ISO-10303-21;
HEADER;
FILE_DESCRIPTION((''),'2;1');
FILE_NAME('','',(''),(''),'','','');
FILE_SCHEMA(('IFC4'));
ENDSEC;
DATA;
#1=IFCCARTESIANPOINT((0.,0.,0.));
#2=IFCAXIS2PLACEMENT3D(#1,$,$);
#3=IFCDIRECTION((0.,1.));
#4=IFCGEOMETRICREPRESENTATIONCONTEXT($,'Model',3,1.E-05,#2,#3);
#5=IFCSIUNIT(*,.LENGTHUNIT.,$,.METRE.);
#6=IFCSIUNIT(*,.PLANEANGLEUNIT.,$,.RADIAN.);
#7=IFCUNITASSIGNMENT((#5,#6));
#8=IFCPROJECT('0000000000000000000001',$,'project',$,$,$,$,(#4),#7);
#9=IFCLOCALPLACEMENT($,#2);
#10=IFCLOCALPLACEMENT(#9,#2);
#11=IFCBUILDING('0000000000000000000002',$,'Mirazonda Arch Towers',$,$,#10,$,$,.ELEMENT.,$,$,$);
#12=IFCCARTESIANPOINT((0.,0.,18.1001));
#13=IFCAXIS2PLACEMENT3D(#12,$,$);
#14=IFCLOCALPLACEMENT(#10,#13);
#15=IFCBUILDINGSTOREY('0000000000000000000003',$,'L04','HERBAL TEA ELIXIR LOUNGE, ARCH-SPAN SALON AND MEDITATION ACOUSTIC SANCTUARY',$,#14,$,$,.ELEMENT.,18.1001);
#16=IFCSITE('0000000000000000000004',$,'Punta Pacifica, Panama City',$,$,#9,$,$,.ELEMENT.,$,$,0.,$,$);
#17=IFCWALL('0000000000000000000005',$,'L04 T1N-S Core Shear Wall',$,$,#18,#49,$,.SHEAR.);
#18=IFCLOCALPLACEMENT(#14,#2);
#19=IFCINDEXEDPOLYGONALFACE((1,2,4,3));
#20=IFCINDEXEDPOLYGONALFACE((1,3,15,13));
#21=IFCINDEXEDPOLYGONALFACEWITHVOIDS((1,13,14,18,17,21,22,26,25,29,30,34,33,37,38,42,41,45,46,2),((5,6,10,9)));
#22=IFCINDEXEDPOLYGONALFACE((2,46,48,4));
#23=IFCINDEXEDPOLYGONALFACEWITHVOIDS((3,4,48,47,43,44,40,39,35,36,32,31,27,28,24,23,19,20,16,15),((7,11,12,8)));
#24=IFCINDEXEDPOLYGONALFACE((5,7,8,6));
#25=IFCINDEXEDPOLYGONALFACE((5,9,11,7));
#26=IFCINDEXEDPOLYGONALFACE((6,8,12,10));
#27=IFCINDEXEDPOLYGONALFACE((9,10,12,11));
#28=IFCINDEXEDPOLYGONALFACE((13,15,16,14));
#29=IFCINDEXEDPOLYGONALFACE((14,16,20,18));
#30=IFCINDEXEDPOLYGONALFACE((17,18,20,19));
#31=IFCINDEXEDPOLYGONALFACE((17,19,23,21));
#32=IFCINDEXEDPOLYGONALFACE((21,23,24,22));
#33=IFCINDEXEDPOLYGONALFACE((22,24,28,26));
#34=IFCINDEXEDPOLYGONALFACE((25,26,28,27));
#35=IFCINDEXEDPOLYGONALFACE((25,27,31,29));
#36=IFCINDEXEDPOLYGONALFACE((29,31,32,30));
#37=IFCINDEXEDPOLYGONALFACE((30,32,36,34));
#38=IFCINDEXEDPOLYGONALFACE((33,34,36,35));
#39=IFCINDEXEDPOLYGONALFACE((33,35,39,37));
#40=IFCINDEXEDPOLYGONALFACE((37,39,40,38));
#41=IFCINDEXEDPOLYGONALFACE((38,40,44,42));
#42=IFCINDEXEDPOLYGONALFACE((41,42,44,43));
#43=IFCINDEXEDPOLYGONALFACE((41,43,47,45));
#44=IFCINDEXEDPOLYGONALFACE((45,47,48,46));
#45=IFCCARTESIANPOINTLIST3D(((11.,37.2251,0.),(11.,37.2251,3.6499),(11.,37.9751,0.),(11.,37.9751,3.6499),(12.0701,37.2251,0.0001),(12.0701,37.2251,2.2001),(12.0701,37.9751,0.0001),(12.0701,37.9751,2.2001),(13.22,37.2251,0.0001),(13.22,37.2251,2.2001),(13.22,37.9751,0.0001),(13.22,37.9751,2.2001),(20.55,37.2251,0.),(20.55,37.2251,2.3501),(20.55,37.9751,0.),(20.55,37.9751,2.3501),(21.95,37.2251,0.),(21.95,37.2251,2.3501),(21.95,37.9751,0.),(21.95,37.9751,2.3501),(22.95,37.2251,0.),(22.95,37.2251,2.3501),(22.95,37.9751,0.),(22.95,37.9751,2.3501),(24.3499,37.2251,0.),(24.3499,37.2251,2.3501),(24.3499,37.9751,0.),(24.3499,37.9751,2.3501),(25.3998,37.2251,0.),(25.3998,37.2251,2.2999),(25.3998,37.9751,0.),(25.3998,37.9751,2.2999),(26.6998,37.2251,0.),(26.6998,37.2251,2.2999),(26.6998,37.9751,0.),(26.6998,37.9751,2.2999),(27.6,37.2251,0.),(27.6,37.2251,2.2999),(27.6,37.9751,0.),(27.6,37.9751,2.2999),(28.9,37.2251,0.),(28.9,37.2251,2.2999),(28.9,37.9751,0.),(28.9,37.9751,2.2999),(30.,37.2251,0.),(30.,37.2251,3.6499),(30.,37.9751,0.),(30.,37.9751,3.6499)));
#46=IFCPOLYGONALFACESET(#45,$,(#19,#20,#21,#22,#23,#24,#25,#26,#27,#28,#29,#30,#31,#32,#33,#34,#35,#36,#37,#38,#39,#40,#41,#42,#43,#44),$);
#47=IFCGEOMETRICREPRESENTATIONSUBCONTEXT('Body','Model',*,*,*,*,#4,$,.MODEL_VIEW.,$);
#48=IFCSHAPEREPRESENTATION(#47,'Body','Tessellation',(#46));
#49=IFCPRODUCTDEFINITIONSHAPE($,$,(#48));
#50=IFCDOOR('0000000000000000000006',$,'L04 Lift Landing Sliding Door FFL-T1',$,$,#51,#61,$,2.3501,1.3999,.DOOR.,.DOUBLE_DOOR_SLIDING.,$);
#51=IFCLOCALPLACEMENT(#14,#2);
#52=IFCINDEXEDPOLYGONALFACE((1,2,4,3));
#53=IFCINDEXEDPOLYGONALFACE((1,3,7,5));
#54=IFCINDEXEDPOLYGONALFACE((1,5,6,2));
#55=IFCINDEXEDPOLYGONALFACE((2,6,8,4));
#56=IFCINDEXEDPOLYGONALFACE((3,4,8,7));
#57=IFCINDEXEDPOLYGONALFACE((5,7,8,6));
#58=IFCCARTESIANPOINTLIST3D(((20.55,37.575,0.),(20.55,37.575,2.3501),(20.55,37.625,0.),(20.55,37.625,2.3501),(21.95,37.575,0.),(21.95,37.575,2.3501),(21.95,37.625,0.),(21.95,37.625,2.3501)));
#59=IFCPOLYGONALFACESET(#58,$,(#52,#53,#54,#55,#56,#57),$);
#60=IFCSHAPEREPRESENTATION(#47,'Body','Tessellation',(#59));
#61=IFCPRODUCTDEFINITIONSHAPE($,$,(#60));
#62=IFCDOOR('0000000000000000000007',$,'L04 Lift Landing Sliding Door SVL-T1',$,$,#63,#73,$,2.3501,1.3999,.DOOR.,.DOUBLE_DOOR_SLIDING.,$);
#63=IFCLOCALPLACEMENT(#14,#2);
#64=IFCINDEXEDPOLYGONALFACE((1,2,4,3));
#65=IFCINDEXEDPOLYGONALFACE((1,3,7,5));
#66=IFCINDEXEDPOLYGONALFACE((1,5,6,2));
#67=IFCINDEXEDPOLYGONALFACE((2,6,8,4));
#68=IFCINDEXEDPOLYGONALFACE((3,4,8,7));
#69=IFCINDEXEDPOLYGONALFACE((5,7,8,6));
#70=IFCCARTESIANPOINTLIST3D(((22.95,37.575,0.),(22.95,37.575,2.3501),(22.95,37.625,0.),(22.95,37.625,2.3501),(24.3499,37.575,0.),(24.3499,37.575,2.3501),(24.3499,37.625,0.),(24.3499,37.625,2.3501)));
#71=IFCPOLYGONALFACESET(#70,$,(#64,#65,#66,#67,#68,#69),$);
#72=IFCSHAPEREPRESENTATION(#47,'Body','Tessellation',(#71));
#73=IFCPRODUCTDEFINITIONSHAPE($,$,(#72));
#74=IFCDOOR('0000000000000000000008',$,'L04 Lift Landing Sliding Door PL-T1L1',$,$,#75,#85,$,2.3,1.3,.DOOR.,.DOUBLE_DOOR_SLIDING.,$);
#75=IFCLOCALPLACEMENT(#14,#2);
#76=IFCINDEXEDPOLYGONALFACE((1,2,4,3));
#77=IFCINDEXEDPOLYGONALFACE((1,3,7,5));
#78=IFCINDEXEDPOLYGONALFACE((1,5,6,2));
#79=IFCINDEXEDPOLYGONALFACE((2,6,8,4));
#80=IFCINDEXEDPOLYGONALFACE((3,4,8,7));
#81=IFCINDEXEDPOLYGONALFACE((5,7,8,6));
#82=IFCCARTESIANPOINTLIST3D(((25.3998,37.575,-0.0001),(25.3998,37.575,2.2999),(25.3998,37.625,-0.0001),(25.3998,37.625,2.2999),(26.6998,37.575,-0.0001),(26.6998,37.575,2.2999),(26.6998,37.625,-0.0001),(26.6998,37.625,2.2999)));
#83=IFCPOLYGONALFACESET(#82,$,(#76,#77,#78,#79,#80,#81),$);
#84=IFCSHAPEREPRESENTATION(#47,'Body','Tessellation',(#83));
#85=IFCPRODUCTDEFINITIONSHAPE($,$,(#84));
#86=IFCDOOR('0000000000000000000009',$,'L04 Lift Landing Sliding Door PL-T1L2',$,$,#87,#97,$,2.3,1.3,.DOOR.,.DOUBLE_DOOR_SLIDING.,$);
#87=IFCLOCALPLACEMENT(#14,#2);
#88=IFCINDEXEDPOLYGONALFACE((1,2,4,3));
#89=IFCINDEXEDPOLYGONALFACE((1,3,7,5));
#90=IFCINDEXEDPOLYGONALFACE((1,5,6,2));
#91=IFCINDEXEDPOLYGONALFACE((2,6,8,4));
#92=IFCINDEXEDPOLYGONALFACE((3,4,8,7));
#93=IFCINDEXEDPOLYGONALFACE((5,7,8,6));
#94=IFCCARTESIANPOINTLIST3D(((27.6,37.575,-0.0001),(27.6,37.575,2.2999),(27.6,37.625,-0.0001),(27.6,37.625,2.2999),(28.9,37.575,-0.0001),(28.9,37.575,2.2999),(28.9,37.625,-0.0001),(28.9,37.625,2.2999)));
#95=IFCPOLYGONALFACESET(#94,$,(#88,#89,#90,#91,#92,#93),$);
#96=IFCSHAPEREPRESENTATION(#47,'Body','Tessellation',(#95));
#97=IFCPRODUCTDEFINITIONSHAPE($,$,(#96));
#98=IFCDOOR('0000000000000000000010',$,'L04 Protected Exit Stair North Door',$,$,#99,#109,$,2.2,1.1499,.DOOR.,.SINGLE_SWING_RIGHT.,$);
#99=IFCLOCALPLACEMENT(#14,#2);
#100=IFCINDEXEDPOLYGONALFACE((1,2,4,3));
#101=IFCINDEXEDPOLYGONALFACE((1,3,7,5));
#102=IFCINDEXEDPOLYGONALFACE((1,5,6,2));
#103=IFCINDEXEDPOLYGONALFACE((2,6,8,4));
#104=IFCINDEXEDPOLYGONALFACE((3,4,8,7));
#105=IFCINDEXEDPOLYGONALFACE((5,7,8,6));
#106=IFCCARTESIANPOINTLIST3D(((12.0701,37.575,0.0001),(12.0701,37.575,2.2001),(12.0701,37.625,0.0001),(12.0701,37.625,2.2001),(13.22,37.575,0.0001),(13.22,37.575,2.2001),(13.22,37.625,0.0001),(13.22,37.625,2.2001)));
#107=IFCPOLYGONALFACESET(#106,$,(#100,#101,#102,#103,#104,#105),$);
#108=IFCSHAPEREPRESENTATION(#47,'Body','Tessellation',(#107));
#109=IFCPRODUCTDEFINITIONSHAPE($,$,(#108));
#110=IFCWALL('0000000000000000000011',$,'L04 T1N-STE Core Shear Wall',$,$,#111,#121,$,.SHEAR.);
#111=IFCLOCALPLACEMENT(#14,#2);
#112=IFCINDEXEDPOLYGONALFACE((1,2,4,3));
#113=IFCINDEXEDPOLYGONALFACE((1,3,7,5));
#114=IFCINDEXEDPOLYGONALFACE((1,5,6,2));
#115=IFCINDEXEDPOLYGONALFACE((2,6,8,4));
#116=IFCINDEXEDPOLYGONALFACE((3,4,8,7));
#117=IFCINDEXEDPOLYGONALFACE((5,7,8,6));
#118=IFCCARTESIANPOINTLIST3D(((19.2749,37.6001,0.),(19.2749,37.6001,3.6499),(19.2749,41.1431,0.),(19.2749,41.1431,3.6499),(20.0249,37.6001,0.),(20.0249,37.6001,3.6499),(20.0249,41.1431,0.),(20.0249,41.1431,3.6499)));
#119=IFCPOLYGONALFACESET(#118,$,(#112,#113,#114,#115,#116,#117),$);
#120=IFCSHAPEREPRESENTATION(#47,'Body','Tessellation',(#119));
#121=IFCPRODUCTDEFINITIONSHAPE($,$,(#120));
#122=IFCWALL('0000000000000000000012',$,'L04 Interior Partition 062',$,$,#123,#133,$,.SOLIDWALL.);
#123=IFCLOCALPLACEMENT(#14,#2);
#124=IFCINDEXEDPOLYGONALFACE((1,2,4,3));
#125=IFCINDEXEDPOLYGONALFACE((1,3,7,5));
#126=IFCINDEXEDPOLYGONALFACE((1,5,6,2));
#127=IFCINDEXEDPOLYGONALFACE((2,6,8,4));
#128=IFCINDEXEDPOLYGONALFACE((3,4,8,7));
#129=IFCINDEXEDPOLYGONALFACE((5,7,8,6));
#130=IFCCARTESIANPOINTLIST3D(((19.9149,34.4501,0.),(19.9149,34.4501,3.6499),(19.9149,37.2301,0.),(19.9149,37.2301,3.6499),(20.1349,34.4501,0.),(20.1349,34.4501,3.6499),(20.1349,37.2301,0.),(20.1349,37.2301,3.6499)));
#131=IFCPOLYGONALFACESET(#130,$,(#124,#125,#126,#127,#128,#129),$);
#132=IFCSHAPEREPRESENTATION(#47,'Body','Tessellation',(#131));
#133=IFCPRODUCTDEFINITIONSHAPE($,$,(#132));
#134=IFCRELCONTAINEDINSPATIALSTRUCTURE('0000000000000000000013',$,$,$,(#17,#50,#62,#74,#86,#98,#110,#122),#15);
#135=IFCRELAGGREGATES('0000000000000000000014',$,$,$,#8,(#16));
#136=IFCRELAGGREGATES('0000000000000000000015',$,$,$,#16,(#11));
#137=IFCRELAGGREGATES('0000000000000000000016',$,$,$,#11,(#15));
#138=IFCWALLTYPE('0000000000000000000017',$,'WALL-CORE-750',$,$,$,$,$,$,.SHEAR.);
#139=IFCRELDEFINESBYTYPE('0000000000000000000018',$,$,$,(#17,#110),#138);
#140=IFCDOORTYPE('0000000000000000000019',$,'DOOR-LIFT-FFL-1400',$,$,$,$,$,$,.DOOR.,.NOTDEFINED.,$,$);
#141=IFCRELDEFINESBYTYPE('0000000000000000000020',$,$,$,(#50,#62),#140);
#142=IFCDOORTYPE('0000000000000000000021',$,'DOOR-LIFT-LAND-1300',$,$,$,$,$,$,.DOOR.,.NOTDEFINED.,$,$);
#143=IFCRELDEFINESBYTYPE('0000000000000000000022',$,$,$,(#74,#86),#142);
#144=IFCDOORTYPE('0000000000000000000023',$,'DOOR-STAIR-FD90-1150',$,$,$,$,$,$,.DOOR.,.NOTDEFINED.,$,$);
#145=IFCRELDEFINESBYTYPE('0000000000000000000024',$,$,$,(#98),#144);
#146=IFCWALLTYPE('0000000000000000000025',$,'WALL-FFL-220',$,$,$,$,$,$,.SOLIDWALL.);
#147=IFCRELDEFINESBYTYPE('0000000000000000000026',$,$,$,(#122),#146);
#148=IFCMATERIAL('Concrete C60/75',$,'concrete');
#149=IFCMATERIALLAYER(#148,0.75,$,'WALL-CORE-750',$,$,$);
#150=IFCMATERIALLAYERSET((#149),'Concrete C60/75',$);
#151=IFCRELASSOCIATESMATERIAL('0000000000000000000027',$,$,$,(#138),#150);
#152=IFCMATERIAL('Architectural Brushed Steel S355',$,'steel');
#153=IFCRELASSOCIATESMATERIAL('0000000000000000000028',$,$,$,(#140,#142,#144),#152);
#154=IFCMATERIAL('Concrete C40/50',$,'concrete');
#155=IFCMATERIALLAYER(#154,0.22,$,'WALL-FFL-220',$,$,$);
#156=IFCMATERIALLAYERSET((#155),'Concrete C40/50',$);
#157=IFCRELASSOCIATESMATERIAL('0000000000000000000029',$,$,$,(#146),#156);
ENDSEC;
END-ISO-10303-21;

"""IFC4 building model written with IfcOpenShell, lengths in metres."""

from ifc_helpers import new_model, si_unit, direction, frame, frame_2d, origin, place, context, subcontext, project, spatial, rectangle, extrude, material, layer, layer_set, type_object, element, fill, save


model = new_model("IFC4")

# Units and contexts
model_context = context("Model", 3, precision=1e-05, world=origin(), true_north=direction((0.0, 1.0)))
body_context = subcontext(model_context, "Body", "Model", "MODEL_VIEW")
ifc_project = project(units=[si_unit("LENGTHUNIT", "METRE"), si_unit("PLANEANGLEUNIT", "RADIAN")], contexts=[model_context])

# Site, building, storey
site_placement = place(None, origin())
site = spatial("IfcSite", under=ifc_project, at=site_placement, Name="Punta Pacifica, Panama City", CompositionType="ELEMENT", RefElevation=0.0)
building_placement = place(site_placement, origin())
building = spatial("IfcBuilding", under=site, at=building_placement, Name="Mirazonda Arch Towers", CompositionType="ELEMENT")
storey_placement = place(building_placement, frame((0.0, 0.0, 18.1001)))
storey = spatial("IfcBuildingStorey", under=building, at=storey_placement, Name="L04", Description="HERBAL TEA ELIXIR LOUNGE, ARCH-SPAN SALON AND MEDITATION ACOUSTIC SANCTUARY", CompositionType="ELEMENT", Elevation=18.1001)

# Shared definitions
ifc_material_1 = material(Name="Concrete C60/75", Category="concrete")
ifc_layer_1 = layer(ifc_material_1, 0.75, Name="WALL-CORE-750")
ifc_layer_set_1 = layer_set([ifc_layer_1], Name="Concrete C60/75")
wall_type_1 = type_object("IfcWallType", Name="WALL-CORE-750", PredefinedType="SHEAR", material=ifc_layer_set_1)

# Wall, openings, doors
wall_1_placement = place(storey_placement, frame((11.0, 37.6001, 0.0), z_axis=(0.0, 0.0, 1.0), x_axis=(1.0, 0.0, 0.0)))
wall_1 = element("IfcWall", 1, at=wall_1_placement, inside=storey, type_object=wall_type_1, Name="L04 T1N-S Core Shear Wall", PredefinedType="SHEAR", context=body_context, shape_type="SweptSolid", body=[
    extrude(rectangle(XDim=19.0, YDim=0.75, at=frame_2d((9.5, 0.0))), origin(), (0.0, 0.0, 1.0), 3.6499),
])
opening_1_placement = place(wall_1_placement, frame((1.0701, 0.0, 0.0)))
opening_1 = element("IfcOpeningElement", 2, at=opening_1_placement, cuts=wall_1, PredefinedType="OPENING", context=body_context, shape_type="SweptSolid", body=[
    extrude(rectangle(XDim=1.1499, YDim=2.2, at=frame_2d((0.575, 1.1001))), frame((0.0, 0.385, 0.0), z_axis=(0.0, -1.0, 0.0), x_axis=(1.0, 0.0, 0.0)), (0.0, 0.0, 1.0), 0.77),
])
opening_2_placement = place(wall_1_placement, frame((9.55, 0.0, 0.0)))
opening_2 = element("IfcOpeningElement", 3, at=opening_2_placement, cuts=wall_1, PredefinedType="OPENING", context=body_context, shape_type="SweptSolid", body=[
    extrude(rectangle(XDim=1.3999, YDim=2.3501, at=frame_2d((0.7, 1.175))), frame((0.0, 0.385, 0.0), z_axis=(0.0, -1.0, 0.0), x_axis=(1.0, 0.0, 0.0)), (0.0, 0.0, 1.0), 0.77),
])
opening_3_placement = place(wall_1_placement, frame((11.95, 0.0, 0.0)))
opening_3 = element("IfcOpeningElement", 4, at=opening_3_placement, cuts=wall_1, PredefinedType="OPENING", context=body_context, shape_type="SweptSolid", body=[
    extrude(rectangle(XDim=1.3999, YDim=2.3501, at=frame_2d((0.7, 1.175))), frame((0.0, 0.385, 0.0), z_axis=(0.0, -1.0, 0.0), x_axis=(1.0, 0.0, 0.0)), (0.0, 0.0, 1.0), 0.77),
])
opening_4_placement = place(wall_1_placement, frame((14.3999, 0.0, 0.0)))
opening_4 = element("IfcOpeningElement", 5, at=opening_4_placement, cuts=wall_1, PredefinedType="OPENING", context=body_context, shape_type="SweptSolid", body=[
    extrude(rectangle(XDim=1.3, YDim=2.3, at=frame_2d((0.6499, 1.1499))), frame((0.0, 0.385, 0.0), z_axis=(0.0, -1.0, 0.0), x_axis=(1.0, 0.0, 0.0)), (0.0, 0.0, 1.0), 0.77),
])
opening_5_placement = place(wall_1_placement, frame((16.6001, 0.0, 0.0)))
opening_5 = element("IfcOpeningElement", 6, at=opening_5_placement, cuts=wall_1, PredefinedType="OPENING", context=body_context, shape_type="SweptSolid", body=[
    extrude(rectangle(XDim=1.3, YDim=2.3, at=frame_2d((0.6499, 1.1499))), frame((0.0, 0.385, 0.0), z_axis=(0.0, -1.0, 0.0), x_axis=(1.0, 0.0, 0.0)), (0.0, 0.0, 1.0), 0.77),
])
ifc_material_2 = material(Name="Architectural Brushed Steel S355", Category="steel")
door_type_1 = type_object("IfcDoorType", Name="DOOR-LIFT-FFL-1400", OperationType="NOTDEFINED", PredefinedType="DOOR", material=ifc_material_2)
door_1_placement = place(opening_2_placement, origin())
door_1 = element("IfcDoor", 7, at=door_1_placement, inside=storey, type_object=door_type_1, Name="L04 Lift Landing Sliding Door FFL-T1", OperationType="DOUBLE_DOOR_SLIDING", OverallHeight=2.3501, OverallWidth=1.3999, PredefinedType="DOOR", context=body_context, shape_type="SweptSolid", body=[
    extrude(rectangle(XDim=1.3999, YDim=2.3501, at=frame_2d((0.7, 1.175))), frame((0.0, 0.0249, 0.0), z_axis=(0.0, -1.0, 0.0), x_axis=(1.0, 0.0, 0.0)), (0.0, 0.0, 1.0), 0.05),
])
fill(opening_2, door_1)
door_2_placement = place(opening_3_placement, origin())
door_2 = element("IfcDoor", 8, at=door_2_placement, inside=storey, type_object=door_type_1, Name="L04 Lift Landing Sliding Door SVL-T1", OperationType="DOUBLE_DOOR_SLIDING", OverallHeight=2.3501, OverallWidth=1.3999, PredefinedType="DOOR", context=body_context, shape_type="SweptSolid", body=[
    extrude(rectangle(XDim=1.3999, YDim=2.3501, at=frame_2d((0.7, 1.175))), frame((0.0, 0.0249, 0.0), z_axis=(0.0, -1.0, 0.0), x_axis=(1.0, 0.0, 0.0)), (0.0, 0.0, 1.0), 0.05),
])
fill(opening_3, door_2)
door_type_2 = type_object("IfcDoorType", Name="DOOR-LIFT-LAND-1300", OperationType="NOTDEFINED", PredefinedType="DOOR", material=ifc_material_2)
door_3_placement = place(opening_4_placement, origin())
door_3 = element("IfcDoor", 9, at=door_3_placement, inside=storey, type_object=door_type_2, Name="L04 Lift Landing Sliding Door PL-T1L1", OperationType="DOUBLE_DOOR_SLIDING", OverallHeight=2.3, OverallWidth=1.3, PredefinedType="DOOR", context=body_context, shape_type="SweptSolid", body=[
    extrude(rectangle(XDim=1.3, YDim=2.3, at=frame_2d((0.6499, 1.1499))), frame((0.0, 0.0249, 0.0), z_axis=(0.0, -1.0, 0.0), x_axis=(1.0, 0.0, 0.0)), (0.0, 0.0, 1.0), 0.05),
])
fill(opening_4, door_3)
door_4_placement = place(opening_5_placement, origin())
door_4 = element("IfcDoor", 10, at=door_4_placement, inside=storey, type_object=door_type_2, Name="L04 Lift Landing Sliding Door PL-T1L2", OperationType="DOUBLE_DOOR_SLIDING", OverallHeight=2.3, OverallWidth=1.3, PredefinedType="DOOR", context=body_context, shape_type="SweptSolid", body=[
    extrude(rectangle(XDim=1.3, YDim=2.3, at=frame_2d((0.6499, 1.1499))), frame((0.0, 0.0249, 0.0), z_axis=(0.0, -1.0, 0.0), x_axis=(1.0, 0.0, 0.0)), (0.0, 0.0, 1.0), 0.05),
])
fill(opening_5, door_4)
door_type_3 = type_object("IfcDoorType", Name="DOOR-STAIR-FD90-1150", OperationType="NOTDEFINED", PredefinedType="DOOR", material=ifc_material_2)
door_5_placement = place(opening_1_placement, origin())
door_5 = element("IfcDoor", 11, at=door_5_placement, inside=storey, type_object=door_type_3, Name="L04 Protected Exit Stair North Door", OperationType="SINGLE_SWING_RIGHT", OverallHeight=2.2, OverallWidth=1.1499, PredefinedType="DOOR", context=body_context, shape_type="SweptSolid", body=[
    extrude(rectangle(XDim=1.1499, YDim=2.2, at=frame_2d((0.575, 1.1001))), frame((0.0, 0.0249, 0.0), z_axis=(0.0, -1.0, 0.0), x_axis=(1.0, 0.0, 0.0)), (0.0, 0.0, 1.0), 0.05),
])
fill(opening_1, door_5)

# Walls
wall_2_placement = place(storey_placement, frame((19.6499, 37.6001, 0.0), z_axis=(0.0, 0.0, 1.0), x_axis=(0.0, 1.0, 0.0)))
element("IfcWall", 12, at=wall_2_placement, inside=storey, type_object=wall_type_1, Name="L04 T1N-STE Core Shear Wall", PredefinedType="SHEAR", context=body_context, shape_type="SweptSolid", body=[
    extrude(rectangle(XDim=3.543, YDim=0.75, at=frame_2d((1.7715, 0.0))), origin(), (0.0, 0.0, 1.0), 3.6499),
])
ifc_material_3 = material(Name="Concrete C40/50", Category="concrete")
ifc_layer_2 = layer(ifc_material_3, 0.22, Name="WALL-FFL-220")
ifc_layer_set_2 = layer_set([ifc_layer_2], Name="Concrete C40/50")
wall_type_2 = type_object("IfcWallType", Name="WALL-FFL-220", PredefinedType="SOLIDWALL", material=ifc_layer_set_2)
wall_3_placement = place(storey_placement, frame((20.0249, 34.45, 0.0), z_axis=(0.0, 0.0, 1.0), x_axis=(0.0, 1.0, 0.0)))
element("IfcWall", 13, at=wall_3_placement, inside=storey, type_object=wall_type_2, Name="L04 Interior Partition 062", PredefinedType="SOLIDWALL", context=body_context, shape_type="SweptSolid", body=[
    extrude(rectangle(XDim=2.78, YDim=0.22, at=frame_2d((1.3901, 0.0))), origin(), (0.0, 0.0, 1.0), 3.6499),
])

save(model, "model.ifc")
